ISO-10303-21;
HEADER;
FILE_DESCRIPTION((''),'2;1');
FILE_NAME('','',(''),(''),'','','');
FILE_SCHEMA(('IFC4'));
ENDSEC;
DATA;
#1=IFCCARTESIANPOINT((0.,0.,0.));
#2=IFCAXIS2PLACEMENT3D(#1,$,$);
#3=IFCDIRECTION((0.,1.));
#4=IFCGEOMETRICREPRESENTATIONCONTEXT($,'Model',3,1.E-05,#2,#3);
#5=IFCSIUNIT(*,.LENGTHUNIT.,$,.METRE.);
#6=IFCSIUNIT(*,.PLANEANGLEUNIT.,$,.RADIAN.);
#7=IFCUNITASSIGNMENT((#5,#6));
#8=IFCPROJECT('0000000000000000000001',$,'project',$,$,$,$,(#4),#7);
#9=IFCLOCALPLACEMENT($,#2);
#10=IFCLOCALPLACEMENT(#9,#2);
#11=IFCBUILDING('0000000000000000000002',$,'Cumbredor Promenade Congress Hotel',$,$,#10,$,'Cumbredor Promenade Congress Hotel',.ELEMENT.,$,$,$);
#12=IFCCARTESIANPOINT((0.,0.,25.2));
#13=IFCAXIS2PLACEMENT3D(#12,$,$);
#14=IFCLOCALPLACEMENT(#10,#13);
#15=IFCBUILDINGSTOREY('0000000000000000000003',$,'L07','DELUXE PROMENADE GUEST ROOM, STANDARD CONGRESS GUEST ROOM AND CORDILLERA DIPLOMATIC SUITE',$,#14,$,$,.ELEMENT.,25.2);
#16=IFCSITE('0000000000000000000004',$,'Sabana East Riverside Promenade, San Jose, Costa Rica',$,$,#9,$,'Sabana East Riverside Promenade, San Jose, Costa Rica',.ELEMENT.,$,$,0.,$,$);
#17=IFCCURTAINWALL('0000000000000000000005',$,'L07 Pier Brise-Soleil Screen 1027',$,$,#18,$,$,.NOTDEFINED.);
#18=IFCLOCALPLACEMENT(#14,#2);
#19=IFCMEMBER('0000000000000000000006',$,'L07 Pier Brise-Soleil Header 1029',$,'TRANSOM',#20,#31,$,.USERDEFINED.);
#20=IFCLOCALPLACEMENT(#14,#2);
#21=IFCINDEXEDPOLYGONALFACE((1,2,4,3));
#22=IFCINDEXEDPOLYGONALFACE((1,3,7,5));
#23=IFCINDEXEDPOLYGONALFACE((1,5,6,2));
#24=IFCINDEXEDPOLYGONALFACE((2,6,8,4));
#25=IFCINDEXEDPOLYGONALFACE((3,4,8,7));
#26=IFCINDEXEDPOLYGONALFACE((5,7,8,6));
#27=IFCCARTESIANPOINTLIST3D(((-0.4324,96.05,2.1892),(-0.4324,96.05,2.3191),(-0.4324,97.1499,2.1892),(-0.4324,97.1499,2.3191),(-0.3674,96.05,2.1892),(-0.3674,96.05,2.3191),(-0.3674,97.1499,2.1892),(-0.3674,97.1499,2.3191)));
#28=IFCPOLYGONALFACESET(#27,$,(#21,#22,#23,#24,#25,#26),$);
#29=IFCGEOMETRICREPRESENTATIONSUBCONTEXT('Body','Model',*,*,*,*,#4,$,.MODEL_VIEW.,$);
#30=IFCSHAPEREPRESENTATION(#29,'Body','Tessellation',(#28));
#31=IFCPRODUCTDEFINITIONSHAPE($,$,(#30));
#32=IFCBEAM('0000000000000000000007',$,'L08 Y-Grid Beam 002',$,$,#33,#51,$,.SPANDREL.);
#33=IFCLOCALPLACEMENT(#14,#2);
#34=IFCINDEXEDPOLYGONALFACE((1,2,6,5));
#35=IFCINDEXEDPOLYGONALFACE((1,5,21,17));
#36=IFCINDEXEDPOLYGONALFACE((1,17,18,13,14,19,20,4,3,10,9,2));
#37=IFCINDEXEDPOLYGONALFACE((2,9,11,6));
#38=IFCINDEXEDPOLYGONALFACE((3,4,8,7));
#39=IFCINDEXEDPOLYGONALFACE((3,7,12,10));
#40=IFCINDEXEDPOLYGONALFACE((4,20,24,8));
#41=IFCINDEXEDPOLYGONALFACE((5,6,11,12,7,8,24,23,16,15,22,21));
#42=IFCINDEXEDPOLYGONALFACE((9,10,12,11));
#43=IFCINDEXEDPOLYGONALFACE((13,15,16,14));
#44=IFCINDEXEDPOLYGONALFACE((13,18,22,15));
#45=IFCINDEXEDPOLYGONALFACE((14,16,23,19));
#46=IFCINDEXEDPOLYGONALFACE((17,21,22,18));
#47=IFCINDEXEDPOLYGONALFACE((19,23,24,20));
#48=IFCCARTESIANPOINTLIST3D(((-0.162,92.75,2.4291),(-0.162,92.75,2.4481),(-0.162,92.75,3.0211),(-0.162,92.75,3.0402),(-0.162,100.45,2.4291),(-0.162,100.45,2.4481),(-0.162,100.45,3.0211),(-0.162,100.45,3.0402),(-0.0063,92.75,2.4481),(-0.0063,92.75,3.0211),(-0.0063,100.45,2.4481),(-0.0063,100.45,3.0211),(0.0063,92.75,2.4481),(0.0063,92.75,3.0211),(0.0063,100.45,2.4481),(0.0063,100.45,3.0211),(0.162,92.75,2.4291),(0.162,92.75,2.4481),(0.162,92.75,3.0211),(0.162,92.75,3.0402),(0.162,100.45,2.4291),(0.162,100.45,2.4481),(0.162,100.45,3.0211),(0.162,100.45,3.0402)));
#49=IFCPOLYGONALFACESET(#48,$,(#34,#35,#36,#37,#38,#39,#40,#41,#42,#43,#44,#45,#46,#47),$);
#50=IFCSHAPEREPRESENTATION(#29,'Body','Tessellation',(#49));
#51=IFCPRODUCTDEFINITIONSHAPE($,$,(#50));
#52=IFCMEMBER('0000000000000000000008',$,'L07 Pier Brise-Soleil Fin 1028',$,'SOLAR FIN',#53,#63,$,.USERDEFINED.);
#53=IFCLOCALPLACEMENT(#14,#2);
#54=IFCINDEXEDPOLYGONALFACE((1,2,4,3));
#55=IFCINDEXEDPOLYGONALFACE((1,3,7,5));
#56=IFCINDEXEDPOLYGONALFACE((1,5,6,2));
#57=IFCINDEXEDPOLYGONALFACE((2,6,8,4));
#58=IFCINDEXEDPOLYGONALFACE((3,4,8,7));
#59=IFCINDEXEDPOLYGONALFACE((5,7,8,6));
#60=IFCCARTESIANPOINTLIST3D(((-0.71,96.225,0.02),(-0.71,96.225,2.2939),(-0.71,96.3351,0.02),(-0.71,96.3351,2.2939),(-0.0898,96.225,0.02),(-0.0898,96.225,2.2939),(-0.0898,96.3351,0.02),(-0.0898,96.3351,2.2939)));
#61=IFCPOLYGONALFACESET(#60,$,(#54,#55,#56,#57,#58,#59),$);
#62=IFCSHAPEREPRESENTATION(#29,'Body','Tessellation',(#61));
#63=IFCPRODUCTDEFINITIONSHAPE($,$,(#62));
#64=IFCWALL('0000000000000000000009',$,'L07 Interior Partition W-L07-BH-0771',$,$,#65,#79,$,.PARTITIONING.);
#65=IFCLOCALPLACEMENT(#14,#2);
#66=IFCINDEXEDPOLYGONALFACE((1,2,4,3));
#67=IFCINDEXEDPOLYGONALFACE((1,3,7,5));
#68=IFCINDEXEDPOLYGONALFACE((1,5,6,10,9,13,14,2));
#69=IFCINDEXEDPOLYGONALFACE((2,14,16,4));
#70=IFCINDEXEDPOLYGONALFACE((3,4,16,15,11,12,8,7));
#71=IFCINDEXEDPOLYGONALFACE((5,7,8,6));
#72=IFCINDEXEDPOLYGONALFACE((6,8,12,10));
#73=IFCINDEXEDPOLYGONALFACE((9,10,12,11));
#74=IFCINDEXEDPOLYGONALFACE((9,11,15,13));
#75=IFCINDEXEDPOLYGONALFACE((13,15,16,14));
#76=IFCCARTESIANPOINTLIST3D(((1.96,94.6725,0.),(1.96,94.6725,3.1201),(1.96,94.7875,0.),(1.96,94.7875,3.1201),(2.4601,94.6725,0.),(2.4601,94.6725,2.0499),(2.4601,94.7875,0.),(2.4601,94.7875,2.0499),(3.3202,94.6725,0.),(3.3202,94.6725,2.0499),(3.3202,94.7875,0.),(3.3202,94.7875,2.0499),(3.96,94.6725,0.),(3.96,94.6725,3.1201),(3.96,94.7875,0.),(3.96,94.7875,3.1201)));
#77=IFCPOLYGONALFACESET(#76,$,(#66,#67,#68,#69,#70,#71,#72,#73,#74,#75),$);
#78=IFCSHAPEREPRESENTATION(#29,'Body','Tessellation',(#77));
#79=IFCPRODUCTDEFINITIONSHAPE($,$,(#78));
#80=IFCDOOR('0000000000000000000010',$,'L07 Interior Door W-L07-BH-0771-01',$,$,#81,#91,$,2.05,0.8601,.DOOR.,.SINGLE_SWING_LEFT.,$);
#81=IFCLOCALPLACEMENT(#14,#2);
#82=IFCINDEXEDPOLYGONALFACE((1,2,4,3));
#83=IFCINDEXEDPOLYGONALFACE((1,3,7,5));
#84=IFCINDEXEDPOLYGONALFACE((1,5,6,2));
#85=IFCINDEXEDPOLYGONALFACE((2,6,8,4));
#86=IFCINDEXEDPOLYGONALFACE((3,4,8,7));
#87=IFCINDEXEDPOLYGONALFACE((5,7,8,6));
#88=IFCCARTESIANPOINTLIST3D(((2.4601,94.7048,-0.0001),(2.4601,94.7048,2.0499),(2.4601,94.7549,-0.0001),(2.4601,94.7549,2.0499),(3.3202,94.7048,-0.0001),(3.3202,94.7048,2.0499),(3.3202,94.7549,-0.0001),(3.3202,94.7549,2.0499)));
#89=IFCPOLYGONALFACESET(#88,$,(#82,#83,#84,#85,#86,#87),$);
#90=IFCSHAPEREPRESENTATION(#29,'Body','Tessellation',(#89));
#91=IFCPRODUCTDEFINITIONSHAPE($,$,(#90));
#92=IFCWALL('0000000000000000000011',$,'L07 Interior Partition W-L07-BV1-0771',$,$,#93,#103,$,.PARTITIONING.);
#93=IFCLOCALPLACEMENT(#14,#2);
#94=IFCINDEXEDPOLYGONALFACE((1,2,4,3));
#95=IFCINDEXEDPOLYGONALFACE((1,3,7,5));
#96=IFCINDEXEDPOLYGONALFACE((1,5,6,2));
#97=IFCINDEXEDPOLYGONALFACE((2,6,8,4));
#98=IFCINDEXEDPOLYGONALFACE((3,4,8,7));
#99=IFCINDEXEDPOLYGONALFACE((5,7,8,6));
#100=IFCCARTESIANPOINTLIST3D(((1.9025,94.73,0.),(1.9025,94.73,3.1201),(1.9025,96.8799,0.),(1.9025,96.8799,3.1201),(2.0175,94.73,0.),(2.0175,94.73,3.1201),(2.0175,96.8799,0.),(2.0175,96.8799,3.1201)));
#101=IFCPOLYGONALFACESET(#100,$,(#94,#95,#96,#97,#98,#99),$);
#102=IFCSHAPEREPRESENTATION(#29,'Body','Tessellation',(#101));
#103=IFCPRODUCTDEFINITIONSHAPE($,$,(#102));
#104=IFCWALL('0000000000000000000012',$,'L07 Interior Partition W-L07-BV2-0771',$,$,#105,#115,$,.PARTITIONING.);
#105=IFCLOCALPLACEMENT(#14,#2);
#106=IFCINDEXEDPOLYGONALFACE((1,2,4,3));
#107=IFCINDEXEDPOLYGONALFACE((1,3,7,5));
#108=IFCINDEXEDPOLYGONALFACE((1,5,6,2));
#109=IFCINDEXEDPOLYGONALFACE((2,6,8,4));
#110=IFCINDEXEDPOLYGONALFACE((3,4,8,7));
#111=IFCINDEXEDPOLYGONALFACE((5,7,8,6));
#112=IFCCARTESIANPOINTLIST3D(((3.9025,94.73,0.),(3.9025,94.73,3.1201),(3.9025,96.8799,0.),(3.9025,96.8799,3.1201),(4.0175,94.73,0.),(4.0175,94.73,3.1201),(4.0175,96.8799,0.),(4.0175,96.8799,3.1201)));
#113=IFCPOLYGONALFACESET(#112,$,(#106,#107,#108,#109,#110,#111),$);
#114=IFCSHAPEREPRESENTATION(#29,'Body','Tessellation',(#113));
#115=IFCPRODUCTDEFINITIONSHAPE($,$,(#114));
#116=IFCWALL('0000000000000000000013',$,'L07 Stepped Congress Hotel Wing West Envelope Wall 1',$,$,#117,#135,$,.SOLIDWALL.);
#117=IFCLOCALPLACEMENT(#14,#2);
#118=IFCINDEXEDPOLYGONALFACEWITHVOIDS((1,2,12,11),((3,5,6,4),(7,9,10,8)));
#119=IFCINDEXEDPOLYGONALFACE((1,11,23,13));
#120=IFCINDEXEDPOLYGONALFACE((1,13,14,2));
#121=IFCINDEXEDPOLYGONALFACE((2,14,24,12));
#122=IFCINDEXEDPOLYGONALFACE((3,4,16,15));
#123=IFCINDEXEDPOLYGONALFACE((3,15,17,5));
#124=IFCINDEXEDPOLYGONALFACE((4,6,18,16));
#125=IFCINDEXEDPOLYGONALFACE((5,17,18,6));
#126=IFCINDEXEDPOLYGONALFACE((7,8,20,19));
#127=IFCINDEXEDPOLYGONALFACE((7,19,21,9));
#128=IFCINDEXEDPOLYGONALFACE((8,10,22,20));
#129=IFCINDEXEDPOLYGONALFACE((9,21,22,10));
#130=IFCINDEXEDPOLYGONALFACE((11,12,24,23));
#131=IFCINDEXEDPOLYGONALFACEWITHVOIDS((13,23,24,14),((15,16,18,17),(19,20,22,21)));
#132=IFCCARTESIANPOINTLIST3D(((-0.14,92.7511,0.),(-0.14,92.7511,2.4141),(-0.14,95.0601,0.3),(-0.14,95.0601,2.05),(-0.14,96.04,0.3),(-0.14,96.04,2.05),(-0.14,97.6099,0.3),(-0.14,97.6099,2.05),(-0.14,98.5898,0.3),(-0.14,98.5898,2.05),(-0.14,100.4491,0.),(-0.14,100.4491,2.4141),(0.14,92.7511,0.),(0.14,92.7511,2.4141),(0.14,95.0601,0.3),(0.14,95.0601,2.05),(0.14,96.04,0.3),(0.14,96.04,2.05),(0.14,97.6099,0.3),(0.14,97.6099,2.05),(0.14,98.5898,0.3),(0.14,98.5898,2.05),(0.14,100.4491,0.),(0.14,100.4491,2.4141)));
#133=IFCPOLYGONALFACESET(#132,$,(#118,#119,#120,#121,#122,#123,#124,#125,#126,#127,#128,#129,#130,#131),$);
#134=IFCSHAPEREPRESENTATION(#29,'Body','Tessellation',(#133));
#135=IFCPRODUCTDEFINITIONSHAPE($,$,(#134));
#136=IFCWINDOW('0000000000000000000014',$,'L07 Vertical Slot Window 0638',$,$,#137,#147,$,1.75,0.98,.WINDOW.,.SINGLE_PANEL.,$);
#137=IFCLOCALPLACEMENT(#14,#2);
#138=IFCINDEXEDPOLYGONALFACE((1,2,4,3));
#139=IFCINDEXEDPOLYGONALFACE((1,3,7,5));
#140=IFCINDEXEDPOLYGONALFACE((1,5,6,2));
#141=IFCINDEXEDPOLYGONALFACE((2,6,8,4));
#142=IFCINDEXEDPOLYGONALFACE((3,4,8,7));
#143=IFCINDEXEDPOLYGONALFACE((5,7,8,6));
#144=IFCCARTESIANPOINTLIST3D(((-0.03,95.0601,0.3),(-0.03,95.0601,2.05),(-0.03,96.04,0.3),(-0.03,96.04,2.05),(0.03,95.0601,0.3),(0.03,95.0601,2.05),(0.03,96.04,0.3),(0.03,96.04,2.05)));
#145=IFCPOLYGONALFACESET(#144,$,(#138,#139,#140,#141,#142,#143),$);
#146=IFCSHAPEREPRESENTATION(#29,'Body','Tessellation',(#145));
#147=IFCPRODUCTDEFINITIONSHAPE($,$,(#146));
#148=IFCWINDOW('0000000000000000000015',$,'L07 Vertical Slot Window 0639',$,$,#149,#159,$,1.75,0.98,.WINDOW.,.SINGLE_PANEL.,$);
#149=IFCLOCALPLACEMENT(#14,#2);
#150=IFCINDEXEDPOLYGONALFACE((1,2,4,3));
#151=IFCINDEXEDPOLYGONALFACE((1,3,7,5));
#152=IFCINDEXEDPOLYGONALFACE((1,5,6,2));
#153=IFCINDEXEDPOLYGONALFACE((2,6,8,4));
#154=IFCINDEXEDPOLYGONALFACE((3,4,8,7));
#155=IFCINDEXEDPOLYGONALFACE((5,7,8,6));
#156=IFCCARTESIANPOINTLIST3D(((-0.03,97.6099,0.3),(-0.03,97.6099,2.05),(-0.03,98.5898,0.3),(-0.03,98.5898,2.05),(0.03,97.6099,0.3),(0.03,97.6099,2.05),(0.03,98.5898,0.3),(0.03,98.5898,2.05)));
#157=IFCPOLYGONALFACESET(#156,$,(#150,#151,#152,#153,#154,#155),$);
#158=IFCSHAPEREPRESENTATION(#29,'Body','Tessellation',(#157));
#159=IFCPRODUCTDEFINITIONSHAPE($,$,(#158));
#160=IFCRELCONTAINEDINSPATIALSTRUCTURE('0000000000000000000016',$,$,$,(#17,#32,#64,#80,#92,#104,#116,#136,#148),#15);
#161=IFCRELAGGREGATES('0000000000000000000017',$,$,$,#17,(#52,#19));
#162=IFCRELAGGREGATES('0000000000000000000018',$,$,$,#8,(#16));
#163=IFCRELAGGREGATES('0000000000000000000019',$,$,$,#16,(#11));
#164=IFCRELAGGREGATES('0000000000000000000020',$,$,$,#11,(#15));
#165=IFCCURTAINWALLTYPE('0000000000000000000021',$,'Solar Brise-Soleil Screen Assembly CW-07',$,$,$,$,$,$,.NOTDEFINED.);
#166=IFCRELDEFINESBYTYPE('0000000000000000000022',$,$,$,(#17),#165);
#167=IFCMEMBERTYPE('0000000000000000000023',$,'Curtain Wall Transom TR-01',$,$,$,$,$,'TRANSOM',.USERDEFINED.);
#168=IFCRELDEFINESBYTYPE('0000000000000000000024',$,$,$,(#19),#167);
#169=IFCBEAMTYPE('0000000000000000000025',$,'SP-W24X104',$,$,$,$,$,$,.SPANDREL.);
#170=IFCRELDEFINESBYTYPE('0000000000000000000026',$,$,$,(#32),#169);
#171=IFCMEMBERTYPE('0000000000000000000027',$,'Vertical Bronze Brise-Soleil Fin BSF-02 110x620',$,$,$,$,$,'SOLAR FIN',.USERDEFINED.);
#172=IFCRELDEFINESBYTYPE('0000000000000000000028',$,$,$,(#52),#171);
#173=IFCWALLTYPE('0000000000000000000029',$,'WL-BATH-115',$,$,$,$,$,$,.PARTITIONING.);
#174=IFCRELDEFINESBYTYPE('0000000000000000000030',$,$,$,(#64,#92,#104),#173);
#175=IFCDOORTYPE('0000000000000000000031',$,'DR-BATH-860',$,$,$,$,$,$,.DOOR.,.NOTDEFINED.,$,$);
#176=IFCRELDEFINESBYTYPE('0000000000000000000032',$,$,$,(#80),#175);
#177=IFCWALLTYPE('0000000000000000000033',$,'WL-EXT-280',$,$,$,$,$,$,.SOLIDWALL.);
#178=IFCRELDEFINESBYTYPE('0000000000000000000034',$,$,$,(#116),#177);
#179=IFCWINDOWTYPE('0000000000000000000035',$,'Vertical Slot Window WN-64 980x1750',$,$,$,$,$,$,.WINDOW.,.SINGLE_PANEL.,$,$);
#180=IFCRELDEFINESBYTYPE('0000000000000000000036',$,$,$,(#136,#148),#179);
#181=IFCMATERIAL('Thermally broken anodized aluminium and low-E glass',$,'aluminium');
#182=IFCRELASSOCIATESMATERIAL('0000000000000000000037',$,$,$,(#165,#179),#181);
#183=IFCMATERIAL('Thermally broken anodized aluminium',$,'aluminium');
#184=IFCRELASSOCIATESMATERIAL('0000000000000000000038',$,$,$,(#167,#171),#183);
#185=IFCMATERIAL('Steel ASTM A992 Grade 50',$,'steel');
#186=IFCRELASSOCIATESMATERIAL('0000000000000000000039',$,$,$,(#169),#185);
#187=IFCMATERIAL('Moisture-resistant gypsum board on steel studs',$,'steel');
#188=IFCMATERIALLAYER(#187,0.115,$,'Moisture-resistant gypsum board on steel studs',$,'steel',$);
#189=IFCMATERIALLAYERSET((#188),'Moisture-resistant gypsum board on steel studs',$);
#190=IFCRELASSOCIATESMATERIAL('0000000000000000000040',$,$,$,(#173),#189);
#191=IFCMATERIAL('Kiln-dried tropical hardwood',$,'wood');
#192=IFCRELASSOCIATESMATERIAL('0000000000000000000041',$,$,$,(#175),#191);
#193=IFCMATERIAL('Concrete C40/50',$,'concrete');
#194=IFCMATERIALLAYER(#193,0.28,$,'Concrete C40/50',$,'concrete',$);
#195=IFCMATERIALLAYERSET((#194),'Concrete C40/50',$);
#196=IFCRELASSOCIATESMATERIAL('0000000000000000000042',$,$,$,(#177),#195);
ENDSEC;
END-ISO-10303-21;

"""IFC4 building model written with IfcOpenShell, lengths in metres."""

from ifc_helpers import new_model, si_unit, direction, frame, frame_2d, origin, origin_2d, place, context, subcontext, project, spatial, rectangle, i_section, extrude, material, layer, layer_set, material_profile, profile_set, type_object, element, fill, aggregate, save


model = new_model("IFC4")

# Units and contexts
model_context = context("Model", 3, precision=1e-05, world=origin(), true_north=direction((0.0, 1.0)))
body_context = subcontext(model_context, "Body", "Model", "MODEL_VIEW")
ifc_project = project(units=[si_unit("LENGTHUNIT", "METRE"), si_unit("PLANEANGLEUNIT", "RADIAN")], contexts=[model_context])

# Site, building, storey
site_placement = place(None, origin())
site = spatial("IfcSite", under=ifc_project, at=site_placement, Name="Sabana East Riverside Promenade, San Jose, Costa Rica", LongName="Sabana East Riverside Promenade, San Jose, Costa Rica", CompositionType="ELEMENT", RefElevation=0.0)
building_placement = place(site_placement, origin())
building = spatial("IfcBuilding", under=site, at=building_placement, Name="Cumbredor Promenade Congress Hotel", LongName="Cumbredor Promenade Congress Hotel", CompositionType="ELEMENT")
storey_placement = place(building_placement, frame((0.0, 0.0, 25.2)))
storey = spatial("IfcBuildingStorey", under=building, at=storey_placement, Name="L07", Description="DELUXE PROMENADE GUEST ROOM, STANDARD CONGRESS GUEST ROOM AND CORDILLERA DIPLOMATIC SUITE", CompositionType="ELEMENT", Elevation=25.2)

# Curtain wall, member
ifc_material_1 = material(Name="Thermally broken anodized aluminium and low-E glass", Category="aluminium")
curtain_wall_type = type_object("IfcCurtainWallType", Name="Solar Brise-Soleil Screen Assembly CW-07", PredefinedType="NOTDEFINED", material=ifc_material_1)
curtain_wall_placement = place(storey_placement, origin())
curtain_wall = element("IfcCurtainWall", 1, at=curtain_wall_placement, inside=storey, type_object=curtain_wall_type, Name="L07 Pier Brise-Soleil Screen 1027", PredefinedType="NOTDEFINED")
ifc_material_2 = material(Name="Thermally broken anodized aluminium", Category="aluminium")
ifc_material_profile_1 = material_profile(ifc_material_2, rectangle(XDim=0.0649, YDim=0.1299, at=origin_2d()), Name="ALU TRANSOM 65x130")
ifc_profile_set_1 = profile_set([ifc_material_profile_1], Name="Thermally broken anodized aluminium")
member_type_1 = type_object("IfcMemberType", Name="Curtain Wall Transom TR-01", ElementType="TRANSOM", PredefinedType="USERDEFINED", material=ifc_profile_set_1)
member_1_placement = place(storey_placement, frame((-0.3999, 96.05, 2.2542), z_axis=(0.0, 1.0, 0.0), x_axis=(-1.0, 0.0, 0.0)))
member_1 = element("IfcMember", 2, at=member_1_placement, type_object=member_type_1, Name="L07 Pier Brise-Soleil Header 1029", ObjectType="TRANSOM", PredefinedType="USERDEFINED", context=body_context, shape_type="SweptSolid", body=[
    extrude(rectangle(XDim=0.0649, YDim=0.1299, at=origin_2d()), origin(), (0.0, 0.0, 1.0), 1.0999),
])

# Beam
ifc_material_3 = material(Name="Steel ASTM A992 Grade 50", Category="steel")
ifc_material_profile_2 = material_profile(ifc_material_3, i_section(OverallWidth=0.324, OverallDepth=0.6111, WebThickness=0.0127, FlangeThickness=0.019, at=origin_2d()), Name="W24X104")
ifc_profile_set_2 = profile_set([ifc_material_profile_2], Name="Steel ASTM A992 Grade 50")
beam_type = type_object("IfcBeamType", Name="SP-W24X104", PredefinedType="SPANDREL", material=ifc_profile_set_2)
beam_placement = place(storey_placement, frame((0.0, 92.75, 2.7346), z_axis=(0.0, 1.0, 0.0), x_axis=(-1.0, 0.0, 0.0)))
element("IfcBeam", 3, at=beam_placement, inside=storey, type_object=beam_type, Name="L08 Y-Grid Beam 002", PredefinedType="SPANDREL", context=body_context, shape_type="SweptSolid", body=[
    extrude(i_section(OverallWidth=0.324, OverallDepth=0.6111, WebThickness=0.0127, FlangeThickness=0.019, at=origin_2d()), origin(), (0.0, 0.0, 1.0), 7.7),
])

# Member
ifc_material_profile_3 = material_profile(ifc_material_2, rectangle(XDim=0.1101, YDim=0.6201, at=origin_2d()), Name="ARCH FIN 110x620")
ifc_profile_set_3 = profile_set([ifc_material_profile_3], Name="Thermally broken anodized aluminium")
member_type_2 = type_object("IfcMemberType", Name="Vertical Bronze Brise-Soleil Fin BSF-02 110x620", ElementType="SOLAR FIN", PredefinedType="USERDEFINED", material=ifc_profile_set_3)
member_2_placement = place(storey_placement, frame((-0.3999, 96.28, 0.02), z_axis=(0.0, 0.0, 1.0), x_axis=(0.0, 1.0, 0.0)))
member_2 = element("IfcMember", 4, at=member_2_placement, type_object=member_type_2, Name="L07 Pier Brise-Soleil Fin 1028", ObjectType="SOLAR FIN", PredefinedType="USERDEFINED", context=body_context, shape_type="SweptSolid", body=[
    extrude(rectangle(XDim=0.1101, YDim=0.6201, at=origin_2d()), origin(), (0.0, 0.0, 1.0), 2.2739),
])
aggregate(curtain_wall, [member_2, member_1])

# Wall, opening, door
ifc_material_4 = material(Name="Moisture-resistant gypsum board on steel studs", Category="steel")
ifc_layer_1 = layer(ifc_material_4, 0.115, Name="Moisture-resistant gypsum board on steel studs", Category="steel")
ifc_layer_set_1 = layer_set([ifc_layer_1], Name="Moisture-resistant gypsum board on steel studs")
wall_type_1 = type_object("IfcWallType", Name="WL-BATH-115", PredefinedType="PARTITIONING", material=ifc_layer_set_1)
wall_1_placement = place(storey_placement, frame((1.96, 94.73, 0.0), z_axis=(0.0, 0.0, 1.0), x_axis=(1.0, 0.0, 0.0)))
wall_1 = element("IfcWall", 5, at=wall_1_placement, inside=storey, type_object=wall_type_1, Name="L07 Interior Partition W-L07-BH-0771", PredefinedType="PARTITIONING", context=body_context, shape_type="SweptSolid", body=[
    extrude(rectangle(XDim=2.0, YDim=0.115, at=frame_2d((1.0, 0.0))), origin(), (0.0, 0.0, 1.0), 3.1201),
])
opening_1_placement = place(wall_1_placement, frame((0.5, 0.0, 0.0)))
opening_1 = element("IfcOpeningElement", 6, at=opening_1_placement, cuts=wall_1, PredefinedType="OPENING", context=body_context, shape_type="SweptSolid", body=[
    extrude(rectangle(XDim=0.8601, YDim=2.05, at=frame_2d((0.4302, 1.0249))), frame((0.0, 0.0674, 0.0), z_axis=(0.0, -1.0, 0.0), x_axis=(1.0, 0.0, 0.0)), (0.0, 0.0, 1.0), 0.135),
])
ifc_material_5 = material(Name="Kiln-dried tropical hardwood", Category="wood")
door_type = type_object("IfcDoorType", Name="DR-BATH-860", OperationType="NOTDEFINED", PredefinedType="DOOR", material=ifc_material_5)
door_placement = place(opening_1_placement, origin())
door = element("IfcDoor", 7, at=door_placement, inside=storey, type_object=door_type, Name="L07 Interior Door W-L07-BH-0771-01", OperationType="SINGLE_SWING_LEFT", OverallHeight=2.05, OverallWidth=0.8601, PredefinedType="DOOR", context=body_context, shape_type="SweptSolid", body=[
    extrude(rectangle(XDim=0.8601, YDim=2.05, at=frame_2d((0.4302, 1.0249))), frame((0.0, 0.0249, 0.0), z_axis=(0.0, -1.0, 0.0), x_axis=(1.0, 0.0, 0.0)), (0.0, 0.0, 1.0), 0.05),
])
fill(opening_1, door)

# Walls
for number, where, z_axis, x_axis, name in (
    (8, (1.96, 94.73, 0.0), (0.0, 0.0, 1.0), (0.0, 1.0, 0.0), "L07 Interior Partition W-L07-BV1-0771"),
    (9, (3.96, 94.73, 0.0), (0.0, 0.0, 1.0), (0.0, 1.0, 0.0), "L07 Interior Partition W-L07-BV2-0771"),
):
    element("IfcWall", number, at=place(storey_placement, frame(where, z_axis=z_axis, x_axis=x_axis)), inside=storey, type_object=wall_type_1, Name=name, PredefinedType="PARTITIONING", context=body_context, shape_type="SweptSolid", body=[
        extrude(rectangle(XDim=2.1499, YDim=0.115, at=frame_2d((1.075, 0.0))), origin(), (0.0, 0.0, 1.0), 3.1201),
    ])

# Wall, openings, windows
ifc_material_6 = material(Name="Concrete C40/50", Category="concrete")
ifc_layer_2 = layer(ifc_material_6, 0.28, Name="Concrete C40/50", Category="concrete")
ifc_layer_set_2 = layer_set([ifc_layer_2], Name="Concrete C40/50")
wall_type_2 = type_object("IfcWallType", Name="WL-EXT-280", PredefinedType="SOLIDWALL", material=ifc_layer_set_2)
wall_2_placement = place(storey_placement, frame((0.0, 92.751, 0.0), z_axis=(0.0, 0.0, 1.0), x_axis=(0.0, 1.0, 0.0)))
wall_2 = element("IfcWall", 10, at=wall_2_placement, inside=storey, type_object=wall_type_2, Name="L07 Stepped Congress Hotel Wing West Envelope Wall 1", PredefinedType="SOLIDWALL", context=body_context, shape_type="SweptSolid", body=[
    extrude(rectangle(XDim=7.698, YDim=0.28, at=frame_2d((3.8491, 0.0))), origin(), (0.0, 0.0, 1.0), 2.4141),
])
opening_2_placement = place(wall_2_placement, frame((2.3091, 0.0, 0.3)))
opening_2 = element("IfcOpeningElement", 11, at=opening_2_placement, cuts=wall_2, PredefinedType="OPENING", context=body_context, shape_type="SweptSolid", body=[
    extrude(rectangle(XDim=0.98, YDim=1.75, at=frame_2d((0.49, 0.875))), frame((0.0, 0.1499, 0.0), z_axis=(0.0, -1.0, 0.0), x_axis=(1.0, 0.0, 0.0)), (0.0, 0.0, 1.0), 0.3),
])
opening_3_placement = place(wall_2_placement, frame((4.8589, 0.0, 0.3)))
opening_3 = element("IfcOpeningElement", 12, at=opening_3_placement, cuts=wall_2, PredefinedType="OPENING", context=body_context, shape_type="SweptSolid", body=[
    extrude(rectangle(XDim=0.98, YDim=1.75, at=frame_2d((0.49, 0.875))), frame((0.0, 0.1499, 0.0), z_axis=(0.0, -1.0, 0.0), x_axis=(1.0, 0.0, 0.0)), (0.0, 0.0, 1.0), 0.3),
])
window_type = type_object("IfcWindowType", Name="Vertical Slot Window WN-64 980x1750", PartitioningType="SINGLE_PANEL", PredefinedType="WINDOW", material=ifc_material_1)
window_1_placement = place(opening_2_placement, origin())
window_1 = element("IfcWindow", 13, at=window_1_placement, inside=storey, type_object=window_type, Name="L07 Vertical Slot Window 0638", OverallHeight=1.75, OverallWidth=0.98, PartitioningType="SINGLE_PANEL", PredefinedType="WINDOW", context=body_context, shape_type="SweptSolid", body=[
    extrude(rectangle(XDim=0.98, YDim=1.75, at=frame_2d((0.49, 0.875))), frame((0.0, 0.03, 0.0), z_axis=(0.0, -1.0, 0.0), x_axis=(1.0, 0.0, 0.0)), (0.0, 0.0, 1.0), 0.0601),
])
fill(opening_2, window_1)
window_2_placement = place(opening_3_placement, origin())
window_2 = element("IfcWindow", 14, at=window_2_placement, inside=storey, type_object=window_type, Name="L07 Vertical Slot Window 0639", OverallHeight=1.75, OverallWidth=0.98, PartitioningType="SINGLE_PANEL", PredefinedType="WINDOW", context=body_context, shape_type="SweptSolid", body=[
    extrude(rectangle(XDim=0.98, YDim=1.75, at=frame_2d((0.49, 0.875))), frame((0.0, 0.03, 0.0), z_axis=(0.0, -1.0, 0.0), x_axis=(1.0, 0.0, 0.0)), (0.0, 0.0, 1.0), 0.0601),
])
fill(opening_3, window_2)

save(model, "model.ifc")
